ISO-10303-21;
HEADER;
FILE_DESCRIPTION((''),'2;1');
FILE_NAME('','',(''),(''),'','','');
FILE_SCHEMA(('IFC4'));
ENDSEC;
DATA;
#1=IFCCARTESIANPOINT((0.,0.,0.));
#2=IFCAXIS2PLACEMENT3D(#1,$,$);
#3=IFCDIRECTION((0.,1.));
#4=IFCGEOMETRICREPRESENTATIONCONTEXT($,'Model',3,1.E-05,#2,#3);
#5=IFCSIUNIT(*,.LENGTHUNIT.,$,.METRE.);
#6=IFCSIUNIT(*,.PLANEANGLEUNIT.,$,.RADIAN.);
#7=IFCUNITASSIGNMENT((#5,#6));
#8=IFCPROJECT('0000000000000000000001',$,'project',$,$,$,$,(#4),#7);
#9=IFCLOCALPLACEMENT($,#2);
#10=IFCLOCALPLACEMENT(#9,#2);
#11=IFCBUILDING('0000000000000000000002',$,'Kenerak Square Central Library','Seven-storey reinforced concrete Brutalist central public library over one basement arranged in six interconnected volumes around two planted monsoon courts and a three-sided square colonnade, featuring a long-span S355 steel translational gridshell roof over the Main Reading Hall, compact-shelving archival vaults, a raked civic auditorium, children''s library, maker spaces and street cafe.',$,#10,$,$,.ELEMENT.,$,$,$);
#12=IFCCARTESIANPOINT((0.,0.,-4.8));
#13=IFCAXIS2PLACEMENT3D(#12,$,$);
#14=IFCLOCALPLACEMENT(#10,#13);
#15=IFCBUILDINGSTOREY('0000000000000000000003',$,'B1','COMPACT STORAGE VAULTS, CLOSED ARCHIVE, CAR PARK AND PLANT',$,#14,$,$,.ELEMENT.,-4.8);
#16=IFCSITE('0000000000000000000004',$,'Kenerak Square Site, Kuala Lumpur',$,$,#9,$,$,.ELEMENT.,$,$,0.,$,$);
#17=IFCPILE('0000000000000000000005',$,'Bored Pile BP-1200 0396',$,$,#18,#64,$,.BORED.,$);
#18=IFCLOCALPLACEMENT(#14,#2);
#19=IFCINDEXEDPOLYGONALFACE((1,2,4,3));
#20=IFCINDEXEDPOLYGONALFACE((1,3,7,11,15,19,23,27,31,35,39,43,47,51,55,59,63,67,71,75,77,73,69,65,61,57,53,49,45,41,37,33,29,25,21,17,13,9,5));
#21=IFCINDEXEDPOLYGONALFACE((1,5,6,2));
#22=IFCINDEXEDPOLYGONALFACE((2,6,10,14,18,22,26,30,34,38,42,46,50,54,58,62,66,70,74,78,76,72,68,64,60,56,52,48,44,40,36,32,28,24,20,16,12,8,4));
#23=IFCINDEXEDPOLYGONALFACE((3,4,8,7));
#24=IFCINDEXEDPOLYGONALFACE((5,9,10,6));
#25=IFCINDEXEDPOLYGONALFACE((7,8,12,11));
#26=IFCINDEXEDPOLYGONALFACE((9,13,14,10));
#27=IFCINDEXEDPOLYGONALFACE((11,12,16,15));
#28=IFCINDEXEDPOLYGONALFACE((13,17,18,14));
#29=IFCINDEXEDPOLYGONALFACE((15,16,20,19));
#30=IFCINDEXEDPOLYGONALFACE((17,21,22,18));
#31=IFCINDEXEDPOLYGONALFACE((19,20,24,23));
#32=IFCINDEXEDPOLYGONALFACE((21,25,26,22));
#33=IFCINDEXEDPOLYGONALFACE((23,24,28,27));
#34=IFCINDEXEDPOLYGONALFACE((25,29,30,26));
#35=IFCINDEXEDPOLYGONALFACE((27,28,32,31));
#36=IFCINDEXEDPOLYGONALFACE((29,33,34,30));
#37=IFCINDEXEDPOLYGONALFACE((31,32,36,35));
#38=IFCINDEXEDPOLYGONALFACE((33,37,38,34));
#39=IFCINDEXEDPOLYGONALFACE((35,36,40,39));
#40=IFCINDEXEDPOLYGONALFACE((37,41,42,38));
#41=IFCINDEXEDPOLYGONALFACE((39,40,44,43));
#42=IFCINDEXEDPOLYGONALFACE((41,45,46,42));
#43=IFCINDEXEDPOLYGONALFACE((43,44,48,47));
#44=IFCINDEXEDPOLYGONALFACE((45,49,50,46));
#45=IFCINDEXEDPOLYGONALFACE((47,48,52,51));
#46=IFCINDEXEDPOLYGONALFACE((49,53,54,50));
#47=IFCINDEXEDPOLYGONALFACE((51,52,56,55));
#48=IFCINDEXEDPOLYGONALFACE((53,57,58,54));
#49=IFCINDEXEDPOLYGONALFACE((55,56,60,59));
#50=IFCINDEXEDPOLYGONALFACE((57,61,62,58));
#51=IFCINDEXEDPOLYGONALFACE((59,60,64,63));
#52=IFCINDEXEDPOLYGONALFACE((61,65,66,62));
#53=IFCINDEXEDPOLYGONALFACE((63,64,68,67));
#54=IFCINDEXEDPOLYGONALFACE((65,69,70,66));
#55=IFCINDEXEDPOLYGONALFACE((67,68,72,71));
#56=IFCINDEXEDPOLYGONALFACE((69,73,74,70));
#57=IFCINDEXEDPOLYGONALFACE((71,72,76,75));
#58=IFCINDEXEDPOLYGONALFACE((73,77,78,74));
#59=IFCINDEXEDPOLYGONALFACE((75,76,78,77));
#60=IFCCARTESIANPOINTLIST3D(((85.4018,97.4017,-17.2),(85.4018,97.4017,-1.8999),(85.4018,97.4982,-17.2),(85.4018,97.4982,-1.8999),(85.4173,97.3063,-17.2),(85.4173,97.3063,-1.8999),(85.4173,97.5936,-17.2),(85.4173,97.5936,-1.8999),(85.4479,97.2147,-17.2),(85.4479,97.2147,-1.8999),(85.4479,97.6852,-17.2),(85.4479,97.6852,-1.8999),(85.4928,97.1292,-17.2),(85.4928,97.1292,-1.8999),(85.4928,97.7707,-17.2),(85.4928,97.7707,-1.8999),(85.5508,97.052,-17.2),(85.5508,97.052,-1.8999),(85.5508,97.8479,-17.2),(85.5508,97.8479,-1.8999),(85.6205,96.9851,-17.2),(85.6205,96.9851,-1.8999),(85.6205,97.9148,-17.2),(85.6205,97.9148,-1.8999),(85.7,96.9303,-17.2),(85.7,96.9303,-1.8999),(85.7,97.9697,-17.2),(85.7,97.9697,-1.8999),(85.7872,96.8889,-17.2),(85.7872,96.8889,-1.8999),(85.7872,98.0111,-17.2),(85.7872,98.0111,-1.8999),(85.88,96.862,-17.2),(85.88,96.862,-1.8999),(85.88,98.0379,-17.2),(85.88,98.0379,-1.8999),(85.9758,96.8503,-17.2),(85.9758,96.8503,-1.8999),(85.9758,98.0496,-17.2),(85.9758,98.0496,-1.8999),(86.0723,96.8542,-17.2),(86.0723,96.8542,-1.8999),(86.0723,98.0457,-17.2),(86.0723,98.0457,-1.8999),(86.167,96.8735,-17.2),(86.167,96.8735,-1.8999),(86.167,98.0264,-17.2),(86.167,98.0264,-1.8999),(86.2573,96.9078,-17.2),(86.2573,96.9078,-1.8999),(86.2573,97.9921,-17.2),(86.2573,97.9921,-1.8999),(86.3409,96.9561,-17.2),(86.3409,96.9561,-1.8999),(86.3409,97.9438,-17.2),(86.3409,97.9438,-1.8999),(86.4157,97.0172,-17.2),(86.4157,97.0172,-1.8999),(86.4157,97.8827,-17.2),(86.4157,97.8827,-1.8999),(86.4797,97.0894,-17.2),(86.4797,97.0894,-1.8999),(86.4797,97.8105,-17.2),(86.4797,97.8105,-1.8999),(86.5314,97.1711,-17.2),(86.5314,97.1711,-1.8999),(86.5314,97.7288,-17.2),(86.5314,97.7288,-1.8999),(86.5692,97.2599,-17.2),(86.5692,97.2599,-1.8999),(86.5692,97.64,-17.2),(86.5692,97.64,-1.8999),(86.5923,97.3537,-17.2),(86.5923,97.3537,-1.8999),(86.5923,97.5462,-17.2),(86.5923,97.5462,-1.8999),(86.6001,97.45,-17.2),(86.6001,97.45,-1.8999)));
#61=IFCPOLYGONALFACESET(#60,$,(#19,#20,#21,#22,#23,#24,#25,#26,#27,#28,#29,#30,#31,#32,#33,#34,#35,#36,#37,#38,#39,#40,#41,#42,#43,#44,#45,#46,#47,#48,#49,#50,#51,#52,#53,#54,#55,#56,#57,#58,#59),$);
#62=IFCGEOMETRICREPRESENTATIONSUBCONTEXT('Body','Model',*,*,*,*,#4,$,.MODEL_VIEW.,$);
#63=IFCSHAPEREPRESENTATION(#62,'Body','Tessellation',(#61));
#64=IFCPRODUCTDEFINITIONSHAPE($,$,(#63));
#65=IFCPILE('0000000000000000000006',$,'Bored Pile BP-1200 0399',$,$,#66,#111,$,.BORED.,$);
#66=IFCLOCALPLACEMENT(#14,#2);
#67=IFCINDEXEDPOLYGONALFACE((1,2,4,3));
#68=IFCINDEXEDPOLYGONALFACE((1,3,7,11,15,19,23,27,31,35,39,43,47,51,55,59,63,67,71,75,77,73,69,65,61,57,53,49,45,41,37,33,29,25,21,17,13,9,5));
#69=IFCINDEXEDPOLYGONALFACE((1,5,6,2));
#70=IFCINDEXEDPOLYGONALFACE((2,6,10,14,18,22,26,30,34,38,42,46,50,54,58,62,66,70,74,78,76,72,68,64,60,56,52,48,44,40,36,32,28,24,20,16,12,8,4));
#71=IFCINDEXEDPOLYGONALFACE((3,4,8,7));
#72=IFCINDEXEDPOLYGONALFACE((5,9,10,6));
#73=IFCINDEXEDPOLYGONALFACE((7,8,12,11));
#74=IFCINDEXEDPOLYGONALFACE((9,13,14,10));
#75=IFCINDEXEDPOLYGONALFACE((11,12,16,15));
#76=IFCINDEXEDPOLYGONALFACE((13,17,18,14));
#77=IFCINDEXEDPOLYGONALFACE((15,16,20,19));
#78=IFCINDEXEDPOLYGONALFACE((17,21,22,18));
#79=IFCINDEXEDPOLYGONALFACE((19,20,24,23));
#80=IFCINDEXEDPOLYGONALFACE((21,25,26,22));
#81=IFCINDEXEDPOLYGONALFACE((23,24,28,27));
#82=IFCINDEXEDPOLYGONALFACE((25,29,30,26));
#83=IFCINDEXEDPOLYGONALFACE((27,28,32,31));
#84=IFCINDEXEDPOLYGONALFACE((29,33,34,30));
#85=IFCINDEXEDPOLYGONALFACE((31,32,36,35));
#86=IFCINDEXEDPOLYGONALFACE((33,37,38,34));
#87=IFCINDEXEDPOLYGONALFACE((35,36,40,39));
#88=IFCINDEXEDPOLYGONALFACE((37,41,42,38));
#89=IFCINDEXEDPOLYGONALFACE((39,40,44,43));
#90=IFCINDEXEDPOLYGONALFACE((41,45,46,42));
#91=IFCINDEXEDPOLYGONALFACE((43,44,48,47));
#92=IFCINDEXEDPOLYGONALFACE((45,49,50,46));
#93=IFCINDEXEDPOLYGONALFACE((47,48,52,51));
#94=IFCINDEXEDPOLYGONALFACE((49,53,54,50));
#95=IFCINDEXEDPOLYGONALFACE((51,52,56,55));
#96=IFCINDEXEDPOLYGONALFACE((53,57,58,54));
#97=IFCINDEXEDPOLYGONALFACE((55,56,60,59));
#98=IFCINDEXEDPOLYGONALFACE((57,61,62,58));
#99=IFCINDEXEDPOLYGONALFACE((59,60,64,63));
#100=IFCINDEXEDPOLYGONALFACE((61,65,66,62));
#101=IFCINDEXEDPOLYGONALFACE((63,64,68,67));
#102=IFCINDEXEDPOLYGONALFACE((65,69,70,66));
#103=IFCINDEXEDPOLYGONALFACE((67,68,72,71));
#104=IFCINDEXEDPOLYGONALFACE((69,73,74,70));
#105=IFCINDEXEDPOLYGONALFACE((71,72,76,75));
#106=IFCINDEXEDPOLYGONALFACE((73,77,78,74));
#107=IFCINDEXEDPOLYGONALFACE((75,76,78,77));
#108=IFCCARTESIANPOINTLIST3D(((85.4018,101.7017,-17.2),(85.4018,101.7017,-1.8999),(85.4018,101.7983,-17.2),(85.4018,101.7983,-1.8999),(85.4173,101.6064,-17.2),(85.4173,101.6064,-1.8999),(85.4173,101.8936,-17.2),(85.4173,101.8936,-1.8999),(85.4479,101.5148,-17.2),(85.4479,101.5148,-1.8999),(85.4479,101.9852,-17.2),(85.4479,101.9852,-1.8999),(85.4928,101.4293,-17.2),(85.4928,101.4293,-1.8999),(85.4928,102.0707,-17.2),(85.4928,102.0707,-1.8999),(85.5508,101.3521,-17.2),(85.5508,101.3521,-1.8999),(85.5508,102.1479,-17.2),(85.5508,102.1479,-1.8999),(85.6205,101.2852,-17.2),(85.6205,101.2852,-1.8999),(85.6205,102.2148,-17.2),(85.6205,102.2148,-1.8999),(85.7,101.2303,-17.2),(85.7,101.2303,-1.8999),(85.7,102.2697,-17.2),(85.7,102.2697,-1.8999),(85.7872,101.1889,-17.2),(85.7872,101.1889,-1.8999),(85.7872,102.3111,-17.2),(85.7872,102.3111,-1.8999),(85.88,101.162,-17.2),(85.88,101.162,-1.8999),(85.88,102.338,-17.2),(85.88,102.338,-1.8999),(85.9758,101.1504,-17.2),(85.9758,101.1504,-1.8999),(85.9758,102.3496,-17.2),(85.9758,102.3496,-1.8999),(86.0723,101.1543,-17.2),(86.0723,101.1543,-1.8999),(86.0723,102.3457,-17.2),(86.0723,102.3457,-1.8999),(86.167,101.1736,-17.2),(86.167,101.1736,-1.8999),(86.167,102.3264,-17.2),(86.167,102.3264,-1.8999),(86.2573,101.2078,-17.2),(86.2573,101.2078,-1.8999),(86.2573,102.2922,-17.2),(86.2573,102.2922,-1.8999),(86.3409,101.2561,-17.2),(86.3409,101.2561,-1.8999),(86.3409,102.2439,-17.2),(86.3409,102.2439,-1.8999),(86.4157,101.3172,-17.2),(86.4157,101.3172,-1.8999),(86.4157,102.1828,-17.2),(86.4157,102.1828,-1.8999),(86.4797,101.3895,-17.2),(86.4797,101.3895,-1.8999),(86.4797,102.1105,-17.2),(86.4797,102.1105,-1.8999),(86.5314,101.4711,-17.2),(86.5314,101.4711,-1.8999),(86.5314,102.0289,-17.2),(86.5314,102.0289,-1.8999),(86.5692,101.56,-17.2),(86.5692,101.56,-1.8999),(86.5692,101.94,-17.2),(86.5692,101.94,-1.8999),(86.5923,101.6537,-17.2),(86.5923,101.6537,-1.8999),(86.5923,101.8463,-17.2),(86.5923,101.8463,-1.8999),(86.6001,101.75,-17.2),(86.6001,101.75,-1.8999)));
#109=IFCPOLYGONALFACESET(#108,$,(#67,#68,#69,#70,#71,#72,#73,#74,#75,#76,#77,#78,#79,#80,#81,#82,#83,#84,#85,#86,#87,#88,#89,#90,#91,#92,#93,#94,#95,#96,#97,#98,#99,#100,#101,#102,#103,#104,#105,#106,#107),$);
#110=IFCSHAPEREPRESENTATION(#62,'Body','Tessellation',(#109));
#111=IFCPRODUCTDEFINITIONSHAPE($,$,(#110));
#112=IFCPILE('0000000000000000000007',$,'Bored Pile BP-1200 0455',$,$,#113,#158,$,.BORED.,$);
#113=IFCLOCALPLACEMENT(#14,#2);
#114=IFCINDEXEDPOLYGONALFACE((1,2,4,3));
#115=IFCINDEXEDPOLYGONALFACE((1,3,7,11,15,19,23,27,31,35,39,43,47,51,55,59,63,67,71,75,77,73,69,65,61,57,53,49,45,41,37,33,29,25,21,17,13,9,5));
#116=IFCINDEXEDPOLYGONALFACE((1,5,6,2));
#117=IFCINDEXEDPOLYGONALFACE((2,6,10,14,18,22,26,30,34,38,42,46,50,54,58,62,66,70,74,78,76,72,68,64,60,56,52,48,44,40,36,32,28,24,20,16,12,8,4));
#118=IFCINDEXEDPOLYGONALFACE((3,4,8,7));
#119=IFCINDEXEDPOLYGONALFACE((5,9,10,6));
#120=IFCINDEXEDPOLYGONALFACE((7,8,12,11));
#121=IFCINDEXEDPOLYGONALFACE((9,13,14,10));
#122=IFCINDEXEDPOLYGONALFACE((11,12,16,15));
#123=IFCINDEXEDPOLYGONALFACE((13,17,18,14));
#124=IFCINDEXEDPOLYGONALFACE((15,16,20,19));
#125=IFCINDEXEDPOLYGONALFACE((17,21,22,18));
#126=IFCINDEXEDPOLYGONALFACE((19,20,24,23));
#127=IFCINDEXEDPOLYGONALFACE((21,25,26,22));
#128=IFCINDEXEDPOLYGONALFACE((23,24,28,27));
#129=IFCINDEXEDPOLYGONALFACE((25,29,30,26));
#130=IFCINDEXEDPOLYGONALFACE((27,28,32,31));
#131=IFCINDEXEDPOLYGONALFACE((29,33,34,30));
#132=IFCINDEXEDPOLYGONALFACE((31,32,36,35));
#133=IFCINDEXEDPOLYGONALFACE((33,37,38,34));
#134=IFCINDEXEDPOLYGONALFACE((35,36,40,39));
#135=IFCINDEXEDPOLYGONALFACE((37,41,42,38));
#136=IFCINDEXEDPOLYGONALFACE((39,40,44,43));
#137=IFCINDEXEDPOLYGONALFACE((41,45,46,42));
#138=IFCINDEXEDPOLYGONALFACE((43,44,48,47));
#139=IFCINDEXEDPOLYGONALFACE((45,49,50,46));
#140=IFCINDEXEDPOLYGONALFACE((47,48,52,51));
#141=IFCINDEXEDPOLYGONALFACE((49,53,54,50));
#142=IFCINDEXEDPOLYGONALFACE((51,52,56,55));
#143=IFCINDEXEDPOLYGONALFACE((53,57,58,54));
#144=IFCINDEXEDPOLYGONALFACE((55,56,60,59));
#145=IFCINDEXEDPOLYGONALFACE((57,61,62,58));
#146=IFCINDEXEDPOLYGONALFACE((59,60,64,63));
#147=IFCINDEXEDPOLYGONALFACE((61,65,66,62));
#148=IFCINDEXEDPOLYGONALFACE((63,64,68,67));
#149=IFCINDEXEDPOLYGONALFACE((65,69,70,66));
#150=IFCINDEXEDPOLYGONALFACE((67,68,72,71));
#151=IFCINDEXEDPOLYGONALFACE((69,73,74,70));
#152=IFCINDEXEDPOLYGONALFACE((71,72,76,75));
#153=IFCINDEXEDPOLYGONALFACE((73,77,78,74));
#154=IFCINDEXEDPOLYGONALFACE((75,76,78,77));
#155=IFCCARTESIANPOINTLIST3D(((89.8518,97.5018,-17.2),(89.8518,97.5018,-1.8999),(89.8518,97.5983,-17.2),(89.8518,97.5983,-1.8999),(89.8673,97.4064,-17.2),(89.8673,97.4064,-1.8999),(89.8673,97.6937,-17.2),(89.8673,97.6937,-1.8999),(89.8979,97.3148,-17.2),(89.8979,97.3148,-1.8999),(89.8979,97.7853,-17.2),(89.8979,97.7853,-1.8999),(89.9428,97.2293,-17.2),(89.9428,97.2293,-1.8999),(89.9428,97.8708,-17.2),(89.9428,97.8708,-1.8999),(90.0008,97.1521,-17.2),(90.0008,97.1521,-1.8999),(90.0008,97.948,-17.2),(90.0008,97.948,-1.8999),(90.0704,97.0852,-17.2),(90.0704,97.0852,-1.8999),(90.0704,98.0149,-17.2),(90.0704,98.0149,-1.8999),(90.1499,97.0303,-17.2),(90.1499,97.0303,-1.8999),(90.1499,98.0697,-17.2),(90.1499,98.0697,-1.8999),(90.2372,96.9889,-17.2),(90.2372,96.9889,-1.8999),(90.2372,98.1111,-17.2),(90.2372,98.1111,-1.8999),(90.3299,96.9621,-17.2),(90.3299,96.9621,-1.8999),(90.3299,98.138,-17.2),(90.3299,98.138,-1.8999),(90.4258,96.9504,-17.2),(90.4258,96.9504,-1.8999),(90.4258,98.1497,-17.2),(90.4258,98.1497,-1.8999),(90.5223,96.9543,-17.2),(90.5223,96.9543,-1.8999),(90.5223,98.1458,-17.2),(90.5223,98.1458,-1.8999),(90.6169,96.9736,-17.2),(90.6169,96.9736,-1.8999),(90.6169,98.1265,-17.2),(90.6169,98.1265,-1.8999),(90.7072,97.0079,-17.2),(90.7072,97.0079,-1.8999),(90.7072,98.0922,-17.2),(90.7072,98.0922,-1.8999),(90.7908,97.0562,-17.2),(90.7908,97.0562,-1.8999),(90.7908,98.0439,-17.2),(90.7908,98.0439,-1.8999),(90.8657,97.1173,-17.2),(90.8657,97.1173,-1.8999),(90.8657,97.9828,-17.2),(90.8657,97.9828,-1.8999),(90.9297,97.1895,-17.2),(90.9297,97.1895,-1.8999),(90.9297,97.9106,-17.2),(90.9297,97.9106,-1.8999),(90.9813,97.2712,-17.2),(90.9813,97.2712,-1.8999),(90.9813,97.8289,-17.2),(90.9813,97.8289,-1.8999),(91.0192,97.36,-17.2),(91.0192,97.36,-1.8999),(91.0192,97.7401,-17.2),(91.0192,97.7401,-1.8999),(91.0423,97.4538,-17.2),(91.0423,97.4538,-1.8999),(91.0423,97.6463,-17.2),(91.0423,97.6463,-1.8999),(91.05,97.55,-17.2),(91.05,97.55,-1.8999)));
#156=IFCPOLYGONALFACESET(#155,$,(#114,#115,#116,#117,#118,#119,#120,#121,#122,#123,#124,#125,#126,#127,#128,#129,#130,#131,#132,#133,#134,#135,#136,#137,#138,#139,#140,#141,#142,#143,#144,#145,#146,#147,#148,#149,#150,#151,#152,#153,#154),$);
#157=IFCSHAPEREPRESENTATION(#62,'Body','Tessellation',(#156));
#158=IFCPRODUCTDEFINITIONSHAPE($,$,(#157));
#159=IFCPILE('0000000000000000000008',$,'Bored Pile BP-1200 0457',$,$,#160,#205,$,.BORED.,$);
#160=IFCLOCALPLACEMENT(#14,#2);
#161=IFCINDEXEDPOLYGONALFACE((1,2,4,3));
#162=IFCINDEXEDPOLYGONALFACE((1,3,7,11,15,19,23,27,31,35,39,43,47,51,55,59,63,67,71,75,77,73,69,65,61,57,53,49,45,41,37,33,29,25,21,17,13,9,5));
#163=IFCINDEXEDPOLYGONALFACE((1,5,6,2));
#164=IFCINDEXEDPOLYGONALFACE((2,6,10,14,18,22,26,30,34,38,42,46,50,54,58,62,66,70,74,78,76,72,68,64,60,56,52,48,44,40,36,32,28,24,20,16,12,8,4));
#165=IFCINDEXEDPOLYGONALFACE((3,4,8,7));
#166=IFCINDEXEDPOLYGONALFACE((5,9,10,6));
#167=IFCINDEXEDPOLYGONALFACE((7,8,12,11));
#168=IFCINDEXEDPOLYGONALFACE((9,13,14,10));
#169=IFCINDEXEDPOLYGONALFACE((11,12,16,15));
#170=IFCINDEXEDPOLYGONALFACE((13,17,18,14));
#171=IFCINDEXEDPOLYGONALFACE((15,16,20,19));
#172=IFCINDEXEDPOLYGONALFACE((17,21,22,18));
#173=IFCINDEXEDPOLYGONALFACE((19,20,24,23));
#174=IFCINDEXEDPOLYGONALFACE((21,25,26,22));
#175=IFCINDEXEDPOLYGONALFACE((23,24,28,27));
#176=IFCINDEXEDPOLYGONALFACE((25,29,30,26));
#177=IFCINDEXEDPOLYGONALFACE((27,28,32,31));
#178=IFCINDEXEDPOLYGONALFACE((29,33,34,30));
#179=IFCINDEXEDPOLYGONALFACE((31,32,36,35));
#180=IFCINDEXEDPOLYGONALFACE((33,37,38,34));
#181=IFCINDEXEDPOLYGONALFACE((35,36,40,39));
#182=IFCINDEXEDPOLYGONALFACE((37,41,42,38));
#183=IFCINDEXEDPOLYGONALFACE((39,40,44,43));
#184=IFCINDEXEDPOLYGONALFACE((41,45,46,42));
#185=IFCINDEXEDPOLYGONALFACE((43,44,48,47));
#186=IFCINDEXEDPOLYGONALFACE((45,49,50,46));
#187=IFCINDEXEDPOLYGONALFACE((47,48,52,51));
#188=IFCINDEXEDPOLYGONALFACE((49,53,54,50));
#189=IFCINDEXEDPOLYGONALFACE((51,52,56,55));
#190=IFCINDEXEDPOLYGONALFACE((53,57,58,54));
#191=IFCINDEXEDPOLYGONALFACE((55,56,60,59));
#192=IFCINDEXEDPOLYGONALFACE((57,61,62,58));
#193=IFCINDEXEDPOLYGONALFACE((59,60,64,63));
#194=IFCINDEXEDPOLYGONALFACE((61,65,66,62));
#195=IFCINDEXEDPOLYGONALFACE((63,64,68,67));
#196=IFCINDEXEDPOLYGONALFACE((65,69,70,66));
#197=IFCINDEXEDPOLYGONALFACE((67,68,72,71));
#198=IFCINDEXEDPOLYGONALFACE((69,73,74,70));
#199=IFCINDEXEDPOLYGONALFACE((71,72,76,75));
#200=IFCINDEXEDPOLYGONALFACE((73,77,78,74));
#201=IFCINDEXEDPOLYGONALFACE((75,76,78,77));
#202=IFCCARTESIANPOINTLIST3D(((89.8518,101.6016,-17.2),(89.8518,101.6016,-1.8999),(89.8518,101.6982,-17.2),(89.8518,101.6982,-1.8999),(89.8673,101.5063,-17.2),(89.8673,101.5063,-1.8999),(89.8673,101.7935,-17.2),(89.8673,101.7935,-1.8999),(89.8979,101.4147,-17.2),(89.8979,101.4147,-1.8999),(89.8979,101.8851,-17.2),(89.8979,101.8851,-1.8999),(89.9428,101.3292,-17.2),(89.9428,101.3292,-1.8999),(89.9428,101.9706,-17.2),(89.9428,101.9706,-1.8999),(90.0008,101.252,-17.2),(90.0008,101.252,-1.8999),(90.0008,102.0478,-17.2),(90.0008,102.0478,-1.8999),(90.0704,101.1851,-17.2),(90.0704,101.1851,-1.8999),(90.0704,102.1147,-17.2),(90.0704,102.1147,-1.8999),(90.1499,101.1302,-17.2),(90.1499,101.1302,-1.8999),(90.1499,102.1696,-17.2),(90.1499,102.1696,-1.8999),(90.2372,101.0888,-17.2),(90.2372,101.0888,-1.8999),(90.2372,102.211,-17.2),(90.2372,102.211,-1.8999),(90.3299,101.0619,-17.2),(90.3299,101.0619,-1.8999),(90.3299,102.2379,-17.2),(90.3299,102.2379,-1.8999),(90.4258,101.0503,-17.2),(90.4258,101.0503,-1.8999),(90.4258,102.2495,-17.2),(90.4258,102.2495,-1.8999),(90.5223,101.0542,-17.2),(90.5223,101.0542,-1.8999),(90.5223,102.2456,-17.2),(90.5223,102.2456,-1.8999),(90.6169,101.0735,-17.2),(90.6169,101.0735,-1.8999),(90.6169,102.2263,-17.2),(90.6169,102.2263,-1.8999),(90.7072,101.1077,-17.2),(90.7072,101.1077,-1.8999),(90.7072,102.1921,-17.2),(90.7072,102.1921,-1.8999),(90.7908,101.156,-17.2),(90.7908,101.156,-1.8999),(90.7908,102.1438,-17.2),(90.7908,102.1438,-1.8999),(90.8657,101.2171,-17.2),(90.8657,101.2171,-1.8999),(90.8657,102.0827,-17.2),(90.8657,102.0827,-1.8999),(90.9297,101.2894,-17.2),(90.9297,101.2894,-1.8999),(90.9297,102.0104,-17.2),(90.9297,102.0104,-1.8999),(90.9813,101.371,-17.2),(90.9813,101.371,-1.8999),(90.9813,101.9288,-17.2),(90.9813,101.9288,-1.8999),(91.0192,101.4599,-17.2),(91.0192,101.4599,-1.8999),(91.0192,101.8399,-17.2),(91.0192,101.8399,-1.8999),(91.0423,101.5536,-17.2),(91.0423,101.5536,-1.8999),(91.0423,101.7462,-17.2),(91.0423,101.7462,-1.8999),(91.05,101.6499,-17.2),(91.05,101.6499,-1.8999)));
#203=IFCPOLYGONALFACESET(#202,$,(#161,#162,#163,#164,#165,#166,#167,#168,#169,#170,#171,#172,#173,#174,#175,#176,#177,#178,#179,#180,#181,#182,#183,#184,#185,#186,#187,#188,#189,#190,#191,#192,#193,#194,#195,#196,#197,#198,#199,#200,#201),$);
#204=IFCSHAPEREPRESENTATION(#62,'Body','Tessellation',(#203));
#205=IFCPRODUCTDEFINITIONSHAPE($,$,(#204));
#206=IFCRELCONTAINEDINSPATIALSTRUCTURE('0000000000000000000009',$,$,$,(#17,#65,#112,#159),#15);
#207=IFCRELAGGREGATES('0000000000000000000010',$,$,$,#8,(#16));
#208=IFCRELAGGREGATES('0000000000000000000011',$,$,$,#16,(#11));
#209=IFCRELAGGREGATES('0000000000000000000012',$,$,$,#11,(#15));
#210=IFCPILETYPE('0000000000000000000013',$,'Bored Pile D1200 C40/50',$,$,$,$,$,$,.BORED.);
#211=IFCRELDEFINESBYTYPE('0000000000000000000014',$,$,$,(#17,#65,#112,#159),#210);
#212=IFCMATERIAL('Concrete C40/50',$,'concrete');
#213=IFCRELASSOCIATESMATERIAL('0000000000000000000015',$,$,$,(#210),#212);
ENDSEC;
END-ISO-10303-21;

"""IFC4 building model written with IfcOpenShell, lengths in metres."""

from ifc_helpers import new_model, si_unit, direction, frame, origin, origin_2d, place, context, subcontext, project, spatial, circle, extrude, material, material_profile, profile_set, type_object, element, save


model = new_model("IFC4")

# Units and contexts
model_context = context("Model", 3, precision=1e-05, world=origin(), true_north=direction((0.0, 1.0)))
body_context = subcontext(model_context, "Body", "Model", "MODEL_VIEW")
ifc_project = project(units=[si_unit("LENGTHUNIT", "METRE"), si_unit("PLANEANGLEUNIT", "RADIAN")], contexts=[model_context])

# Site, building, storey
site_placement = place(None, origin())
site = spatial("IfcSite", under=ifc_project, at=site_placement, Name="Kenerak Square Site, Kuala Lumpur", CompositionType="ELEMENT", RefElevation=0.0)
building_placement = place(site_placement, origin())
building = spatial("IfcBuilding", under=site, at=building_placement, Name="Kenerak Square Central Library", Description="Seven-storey reinforced concrete Brutalist central public library over one basement arranged in six interconnected volumes around two planted monsoon courts and a three-sided square colonnade, featuring a long-span S355 steel translational gridshell roof over the Main Reading Hall, compact-shelving archival vaults, a raked civic auditorium, children's library, maker spaces and street cafe.", CompositionType="ELEMENT")
storey_placement = place(building_placement, frame((0.0, 0.0, -4.8)))
storey = spatial("IfcBuildingStorey", under=building, at=storey_placement, Name="B1", Description="COMPACT STORAGE VAULTS, CLOSED ARCHIVE, CAR PARK AND PLANT", CompositionType="ELEMENT", Elevation=-4.8)

# Piles
ifc_material_1 = material(Name="Concrete C40/50", Category="concrete")
ifc_material_profile = material_profile(ifc_material_1, circle(Radius=0.6001, at=origin_2d()), Name="BP D1200")
ifc_profile_set = profile_set([ifc_material_profile], Name="Concrete C40/50")
pile_type = type_object("IfcPileType", Name="Bored Pile D1200 C40/50", PredefinedType="BORED", material=ifc_profile_set)
for number, where, z_axis, x_axis, name in (
    (1, (86.0, 97.45, -1.8999), (0.0, 0.0, -1.0), (1.0, 0.0, 0.0), "Bored Pile BP-1200 0396"),
    (2, (86.0, 101.75, -1.8999), (0.0, 0.0, -1.0), (1.0, 0.0, 0.0), "Bored Pile BP-1200 0399"),
    (3, (90.45, 97.55, -1.8999), (0.0, 0.0, -1.0), (1.0, 0.0, 0.0), "Bored Pile BP-1200 0455"),
    (4, (90.45, 101.6499, -1.8999), (0.0, 0.0, -1.0), (1.0, 0.0, 0.0), "Bored Pile BP-1200 0457"),
):
    element("IfcPile", number, at=place(storey_placement, frame(where, z_axis=z_axis, x_axis=x_axis)), inside=storey, type_object=pile_type, Name=name, PredefinedType="BORED", context=body_context, shape_type="SweptSolid", body=[
        extrude(circle(Radius=0.6001, at=origin_2d()), origin(), (0.0, 0.0, 1.0), 15.3),
    ])

save(model, "model.ifc")
